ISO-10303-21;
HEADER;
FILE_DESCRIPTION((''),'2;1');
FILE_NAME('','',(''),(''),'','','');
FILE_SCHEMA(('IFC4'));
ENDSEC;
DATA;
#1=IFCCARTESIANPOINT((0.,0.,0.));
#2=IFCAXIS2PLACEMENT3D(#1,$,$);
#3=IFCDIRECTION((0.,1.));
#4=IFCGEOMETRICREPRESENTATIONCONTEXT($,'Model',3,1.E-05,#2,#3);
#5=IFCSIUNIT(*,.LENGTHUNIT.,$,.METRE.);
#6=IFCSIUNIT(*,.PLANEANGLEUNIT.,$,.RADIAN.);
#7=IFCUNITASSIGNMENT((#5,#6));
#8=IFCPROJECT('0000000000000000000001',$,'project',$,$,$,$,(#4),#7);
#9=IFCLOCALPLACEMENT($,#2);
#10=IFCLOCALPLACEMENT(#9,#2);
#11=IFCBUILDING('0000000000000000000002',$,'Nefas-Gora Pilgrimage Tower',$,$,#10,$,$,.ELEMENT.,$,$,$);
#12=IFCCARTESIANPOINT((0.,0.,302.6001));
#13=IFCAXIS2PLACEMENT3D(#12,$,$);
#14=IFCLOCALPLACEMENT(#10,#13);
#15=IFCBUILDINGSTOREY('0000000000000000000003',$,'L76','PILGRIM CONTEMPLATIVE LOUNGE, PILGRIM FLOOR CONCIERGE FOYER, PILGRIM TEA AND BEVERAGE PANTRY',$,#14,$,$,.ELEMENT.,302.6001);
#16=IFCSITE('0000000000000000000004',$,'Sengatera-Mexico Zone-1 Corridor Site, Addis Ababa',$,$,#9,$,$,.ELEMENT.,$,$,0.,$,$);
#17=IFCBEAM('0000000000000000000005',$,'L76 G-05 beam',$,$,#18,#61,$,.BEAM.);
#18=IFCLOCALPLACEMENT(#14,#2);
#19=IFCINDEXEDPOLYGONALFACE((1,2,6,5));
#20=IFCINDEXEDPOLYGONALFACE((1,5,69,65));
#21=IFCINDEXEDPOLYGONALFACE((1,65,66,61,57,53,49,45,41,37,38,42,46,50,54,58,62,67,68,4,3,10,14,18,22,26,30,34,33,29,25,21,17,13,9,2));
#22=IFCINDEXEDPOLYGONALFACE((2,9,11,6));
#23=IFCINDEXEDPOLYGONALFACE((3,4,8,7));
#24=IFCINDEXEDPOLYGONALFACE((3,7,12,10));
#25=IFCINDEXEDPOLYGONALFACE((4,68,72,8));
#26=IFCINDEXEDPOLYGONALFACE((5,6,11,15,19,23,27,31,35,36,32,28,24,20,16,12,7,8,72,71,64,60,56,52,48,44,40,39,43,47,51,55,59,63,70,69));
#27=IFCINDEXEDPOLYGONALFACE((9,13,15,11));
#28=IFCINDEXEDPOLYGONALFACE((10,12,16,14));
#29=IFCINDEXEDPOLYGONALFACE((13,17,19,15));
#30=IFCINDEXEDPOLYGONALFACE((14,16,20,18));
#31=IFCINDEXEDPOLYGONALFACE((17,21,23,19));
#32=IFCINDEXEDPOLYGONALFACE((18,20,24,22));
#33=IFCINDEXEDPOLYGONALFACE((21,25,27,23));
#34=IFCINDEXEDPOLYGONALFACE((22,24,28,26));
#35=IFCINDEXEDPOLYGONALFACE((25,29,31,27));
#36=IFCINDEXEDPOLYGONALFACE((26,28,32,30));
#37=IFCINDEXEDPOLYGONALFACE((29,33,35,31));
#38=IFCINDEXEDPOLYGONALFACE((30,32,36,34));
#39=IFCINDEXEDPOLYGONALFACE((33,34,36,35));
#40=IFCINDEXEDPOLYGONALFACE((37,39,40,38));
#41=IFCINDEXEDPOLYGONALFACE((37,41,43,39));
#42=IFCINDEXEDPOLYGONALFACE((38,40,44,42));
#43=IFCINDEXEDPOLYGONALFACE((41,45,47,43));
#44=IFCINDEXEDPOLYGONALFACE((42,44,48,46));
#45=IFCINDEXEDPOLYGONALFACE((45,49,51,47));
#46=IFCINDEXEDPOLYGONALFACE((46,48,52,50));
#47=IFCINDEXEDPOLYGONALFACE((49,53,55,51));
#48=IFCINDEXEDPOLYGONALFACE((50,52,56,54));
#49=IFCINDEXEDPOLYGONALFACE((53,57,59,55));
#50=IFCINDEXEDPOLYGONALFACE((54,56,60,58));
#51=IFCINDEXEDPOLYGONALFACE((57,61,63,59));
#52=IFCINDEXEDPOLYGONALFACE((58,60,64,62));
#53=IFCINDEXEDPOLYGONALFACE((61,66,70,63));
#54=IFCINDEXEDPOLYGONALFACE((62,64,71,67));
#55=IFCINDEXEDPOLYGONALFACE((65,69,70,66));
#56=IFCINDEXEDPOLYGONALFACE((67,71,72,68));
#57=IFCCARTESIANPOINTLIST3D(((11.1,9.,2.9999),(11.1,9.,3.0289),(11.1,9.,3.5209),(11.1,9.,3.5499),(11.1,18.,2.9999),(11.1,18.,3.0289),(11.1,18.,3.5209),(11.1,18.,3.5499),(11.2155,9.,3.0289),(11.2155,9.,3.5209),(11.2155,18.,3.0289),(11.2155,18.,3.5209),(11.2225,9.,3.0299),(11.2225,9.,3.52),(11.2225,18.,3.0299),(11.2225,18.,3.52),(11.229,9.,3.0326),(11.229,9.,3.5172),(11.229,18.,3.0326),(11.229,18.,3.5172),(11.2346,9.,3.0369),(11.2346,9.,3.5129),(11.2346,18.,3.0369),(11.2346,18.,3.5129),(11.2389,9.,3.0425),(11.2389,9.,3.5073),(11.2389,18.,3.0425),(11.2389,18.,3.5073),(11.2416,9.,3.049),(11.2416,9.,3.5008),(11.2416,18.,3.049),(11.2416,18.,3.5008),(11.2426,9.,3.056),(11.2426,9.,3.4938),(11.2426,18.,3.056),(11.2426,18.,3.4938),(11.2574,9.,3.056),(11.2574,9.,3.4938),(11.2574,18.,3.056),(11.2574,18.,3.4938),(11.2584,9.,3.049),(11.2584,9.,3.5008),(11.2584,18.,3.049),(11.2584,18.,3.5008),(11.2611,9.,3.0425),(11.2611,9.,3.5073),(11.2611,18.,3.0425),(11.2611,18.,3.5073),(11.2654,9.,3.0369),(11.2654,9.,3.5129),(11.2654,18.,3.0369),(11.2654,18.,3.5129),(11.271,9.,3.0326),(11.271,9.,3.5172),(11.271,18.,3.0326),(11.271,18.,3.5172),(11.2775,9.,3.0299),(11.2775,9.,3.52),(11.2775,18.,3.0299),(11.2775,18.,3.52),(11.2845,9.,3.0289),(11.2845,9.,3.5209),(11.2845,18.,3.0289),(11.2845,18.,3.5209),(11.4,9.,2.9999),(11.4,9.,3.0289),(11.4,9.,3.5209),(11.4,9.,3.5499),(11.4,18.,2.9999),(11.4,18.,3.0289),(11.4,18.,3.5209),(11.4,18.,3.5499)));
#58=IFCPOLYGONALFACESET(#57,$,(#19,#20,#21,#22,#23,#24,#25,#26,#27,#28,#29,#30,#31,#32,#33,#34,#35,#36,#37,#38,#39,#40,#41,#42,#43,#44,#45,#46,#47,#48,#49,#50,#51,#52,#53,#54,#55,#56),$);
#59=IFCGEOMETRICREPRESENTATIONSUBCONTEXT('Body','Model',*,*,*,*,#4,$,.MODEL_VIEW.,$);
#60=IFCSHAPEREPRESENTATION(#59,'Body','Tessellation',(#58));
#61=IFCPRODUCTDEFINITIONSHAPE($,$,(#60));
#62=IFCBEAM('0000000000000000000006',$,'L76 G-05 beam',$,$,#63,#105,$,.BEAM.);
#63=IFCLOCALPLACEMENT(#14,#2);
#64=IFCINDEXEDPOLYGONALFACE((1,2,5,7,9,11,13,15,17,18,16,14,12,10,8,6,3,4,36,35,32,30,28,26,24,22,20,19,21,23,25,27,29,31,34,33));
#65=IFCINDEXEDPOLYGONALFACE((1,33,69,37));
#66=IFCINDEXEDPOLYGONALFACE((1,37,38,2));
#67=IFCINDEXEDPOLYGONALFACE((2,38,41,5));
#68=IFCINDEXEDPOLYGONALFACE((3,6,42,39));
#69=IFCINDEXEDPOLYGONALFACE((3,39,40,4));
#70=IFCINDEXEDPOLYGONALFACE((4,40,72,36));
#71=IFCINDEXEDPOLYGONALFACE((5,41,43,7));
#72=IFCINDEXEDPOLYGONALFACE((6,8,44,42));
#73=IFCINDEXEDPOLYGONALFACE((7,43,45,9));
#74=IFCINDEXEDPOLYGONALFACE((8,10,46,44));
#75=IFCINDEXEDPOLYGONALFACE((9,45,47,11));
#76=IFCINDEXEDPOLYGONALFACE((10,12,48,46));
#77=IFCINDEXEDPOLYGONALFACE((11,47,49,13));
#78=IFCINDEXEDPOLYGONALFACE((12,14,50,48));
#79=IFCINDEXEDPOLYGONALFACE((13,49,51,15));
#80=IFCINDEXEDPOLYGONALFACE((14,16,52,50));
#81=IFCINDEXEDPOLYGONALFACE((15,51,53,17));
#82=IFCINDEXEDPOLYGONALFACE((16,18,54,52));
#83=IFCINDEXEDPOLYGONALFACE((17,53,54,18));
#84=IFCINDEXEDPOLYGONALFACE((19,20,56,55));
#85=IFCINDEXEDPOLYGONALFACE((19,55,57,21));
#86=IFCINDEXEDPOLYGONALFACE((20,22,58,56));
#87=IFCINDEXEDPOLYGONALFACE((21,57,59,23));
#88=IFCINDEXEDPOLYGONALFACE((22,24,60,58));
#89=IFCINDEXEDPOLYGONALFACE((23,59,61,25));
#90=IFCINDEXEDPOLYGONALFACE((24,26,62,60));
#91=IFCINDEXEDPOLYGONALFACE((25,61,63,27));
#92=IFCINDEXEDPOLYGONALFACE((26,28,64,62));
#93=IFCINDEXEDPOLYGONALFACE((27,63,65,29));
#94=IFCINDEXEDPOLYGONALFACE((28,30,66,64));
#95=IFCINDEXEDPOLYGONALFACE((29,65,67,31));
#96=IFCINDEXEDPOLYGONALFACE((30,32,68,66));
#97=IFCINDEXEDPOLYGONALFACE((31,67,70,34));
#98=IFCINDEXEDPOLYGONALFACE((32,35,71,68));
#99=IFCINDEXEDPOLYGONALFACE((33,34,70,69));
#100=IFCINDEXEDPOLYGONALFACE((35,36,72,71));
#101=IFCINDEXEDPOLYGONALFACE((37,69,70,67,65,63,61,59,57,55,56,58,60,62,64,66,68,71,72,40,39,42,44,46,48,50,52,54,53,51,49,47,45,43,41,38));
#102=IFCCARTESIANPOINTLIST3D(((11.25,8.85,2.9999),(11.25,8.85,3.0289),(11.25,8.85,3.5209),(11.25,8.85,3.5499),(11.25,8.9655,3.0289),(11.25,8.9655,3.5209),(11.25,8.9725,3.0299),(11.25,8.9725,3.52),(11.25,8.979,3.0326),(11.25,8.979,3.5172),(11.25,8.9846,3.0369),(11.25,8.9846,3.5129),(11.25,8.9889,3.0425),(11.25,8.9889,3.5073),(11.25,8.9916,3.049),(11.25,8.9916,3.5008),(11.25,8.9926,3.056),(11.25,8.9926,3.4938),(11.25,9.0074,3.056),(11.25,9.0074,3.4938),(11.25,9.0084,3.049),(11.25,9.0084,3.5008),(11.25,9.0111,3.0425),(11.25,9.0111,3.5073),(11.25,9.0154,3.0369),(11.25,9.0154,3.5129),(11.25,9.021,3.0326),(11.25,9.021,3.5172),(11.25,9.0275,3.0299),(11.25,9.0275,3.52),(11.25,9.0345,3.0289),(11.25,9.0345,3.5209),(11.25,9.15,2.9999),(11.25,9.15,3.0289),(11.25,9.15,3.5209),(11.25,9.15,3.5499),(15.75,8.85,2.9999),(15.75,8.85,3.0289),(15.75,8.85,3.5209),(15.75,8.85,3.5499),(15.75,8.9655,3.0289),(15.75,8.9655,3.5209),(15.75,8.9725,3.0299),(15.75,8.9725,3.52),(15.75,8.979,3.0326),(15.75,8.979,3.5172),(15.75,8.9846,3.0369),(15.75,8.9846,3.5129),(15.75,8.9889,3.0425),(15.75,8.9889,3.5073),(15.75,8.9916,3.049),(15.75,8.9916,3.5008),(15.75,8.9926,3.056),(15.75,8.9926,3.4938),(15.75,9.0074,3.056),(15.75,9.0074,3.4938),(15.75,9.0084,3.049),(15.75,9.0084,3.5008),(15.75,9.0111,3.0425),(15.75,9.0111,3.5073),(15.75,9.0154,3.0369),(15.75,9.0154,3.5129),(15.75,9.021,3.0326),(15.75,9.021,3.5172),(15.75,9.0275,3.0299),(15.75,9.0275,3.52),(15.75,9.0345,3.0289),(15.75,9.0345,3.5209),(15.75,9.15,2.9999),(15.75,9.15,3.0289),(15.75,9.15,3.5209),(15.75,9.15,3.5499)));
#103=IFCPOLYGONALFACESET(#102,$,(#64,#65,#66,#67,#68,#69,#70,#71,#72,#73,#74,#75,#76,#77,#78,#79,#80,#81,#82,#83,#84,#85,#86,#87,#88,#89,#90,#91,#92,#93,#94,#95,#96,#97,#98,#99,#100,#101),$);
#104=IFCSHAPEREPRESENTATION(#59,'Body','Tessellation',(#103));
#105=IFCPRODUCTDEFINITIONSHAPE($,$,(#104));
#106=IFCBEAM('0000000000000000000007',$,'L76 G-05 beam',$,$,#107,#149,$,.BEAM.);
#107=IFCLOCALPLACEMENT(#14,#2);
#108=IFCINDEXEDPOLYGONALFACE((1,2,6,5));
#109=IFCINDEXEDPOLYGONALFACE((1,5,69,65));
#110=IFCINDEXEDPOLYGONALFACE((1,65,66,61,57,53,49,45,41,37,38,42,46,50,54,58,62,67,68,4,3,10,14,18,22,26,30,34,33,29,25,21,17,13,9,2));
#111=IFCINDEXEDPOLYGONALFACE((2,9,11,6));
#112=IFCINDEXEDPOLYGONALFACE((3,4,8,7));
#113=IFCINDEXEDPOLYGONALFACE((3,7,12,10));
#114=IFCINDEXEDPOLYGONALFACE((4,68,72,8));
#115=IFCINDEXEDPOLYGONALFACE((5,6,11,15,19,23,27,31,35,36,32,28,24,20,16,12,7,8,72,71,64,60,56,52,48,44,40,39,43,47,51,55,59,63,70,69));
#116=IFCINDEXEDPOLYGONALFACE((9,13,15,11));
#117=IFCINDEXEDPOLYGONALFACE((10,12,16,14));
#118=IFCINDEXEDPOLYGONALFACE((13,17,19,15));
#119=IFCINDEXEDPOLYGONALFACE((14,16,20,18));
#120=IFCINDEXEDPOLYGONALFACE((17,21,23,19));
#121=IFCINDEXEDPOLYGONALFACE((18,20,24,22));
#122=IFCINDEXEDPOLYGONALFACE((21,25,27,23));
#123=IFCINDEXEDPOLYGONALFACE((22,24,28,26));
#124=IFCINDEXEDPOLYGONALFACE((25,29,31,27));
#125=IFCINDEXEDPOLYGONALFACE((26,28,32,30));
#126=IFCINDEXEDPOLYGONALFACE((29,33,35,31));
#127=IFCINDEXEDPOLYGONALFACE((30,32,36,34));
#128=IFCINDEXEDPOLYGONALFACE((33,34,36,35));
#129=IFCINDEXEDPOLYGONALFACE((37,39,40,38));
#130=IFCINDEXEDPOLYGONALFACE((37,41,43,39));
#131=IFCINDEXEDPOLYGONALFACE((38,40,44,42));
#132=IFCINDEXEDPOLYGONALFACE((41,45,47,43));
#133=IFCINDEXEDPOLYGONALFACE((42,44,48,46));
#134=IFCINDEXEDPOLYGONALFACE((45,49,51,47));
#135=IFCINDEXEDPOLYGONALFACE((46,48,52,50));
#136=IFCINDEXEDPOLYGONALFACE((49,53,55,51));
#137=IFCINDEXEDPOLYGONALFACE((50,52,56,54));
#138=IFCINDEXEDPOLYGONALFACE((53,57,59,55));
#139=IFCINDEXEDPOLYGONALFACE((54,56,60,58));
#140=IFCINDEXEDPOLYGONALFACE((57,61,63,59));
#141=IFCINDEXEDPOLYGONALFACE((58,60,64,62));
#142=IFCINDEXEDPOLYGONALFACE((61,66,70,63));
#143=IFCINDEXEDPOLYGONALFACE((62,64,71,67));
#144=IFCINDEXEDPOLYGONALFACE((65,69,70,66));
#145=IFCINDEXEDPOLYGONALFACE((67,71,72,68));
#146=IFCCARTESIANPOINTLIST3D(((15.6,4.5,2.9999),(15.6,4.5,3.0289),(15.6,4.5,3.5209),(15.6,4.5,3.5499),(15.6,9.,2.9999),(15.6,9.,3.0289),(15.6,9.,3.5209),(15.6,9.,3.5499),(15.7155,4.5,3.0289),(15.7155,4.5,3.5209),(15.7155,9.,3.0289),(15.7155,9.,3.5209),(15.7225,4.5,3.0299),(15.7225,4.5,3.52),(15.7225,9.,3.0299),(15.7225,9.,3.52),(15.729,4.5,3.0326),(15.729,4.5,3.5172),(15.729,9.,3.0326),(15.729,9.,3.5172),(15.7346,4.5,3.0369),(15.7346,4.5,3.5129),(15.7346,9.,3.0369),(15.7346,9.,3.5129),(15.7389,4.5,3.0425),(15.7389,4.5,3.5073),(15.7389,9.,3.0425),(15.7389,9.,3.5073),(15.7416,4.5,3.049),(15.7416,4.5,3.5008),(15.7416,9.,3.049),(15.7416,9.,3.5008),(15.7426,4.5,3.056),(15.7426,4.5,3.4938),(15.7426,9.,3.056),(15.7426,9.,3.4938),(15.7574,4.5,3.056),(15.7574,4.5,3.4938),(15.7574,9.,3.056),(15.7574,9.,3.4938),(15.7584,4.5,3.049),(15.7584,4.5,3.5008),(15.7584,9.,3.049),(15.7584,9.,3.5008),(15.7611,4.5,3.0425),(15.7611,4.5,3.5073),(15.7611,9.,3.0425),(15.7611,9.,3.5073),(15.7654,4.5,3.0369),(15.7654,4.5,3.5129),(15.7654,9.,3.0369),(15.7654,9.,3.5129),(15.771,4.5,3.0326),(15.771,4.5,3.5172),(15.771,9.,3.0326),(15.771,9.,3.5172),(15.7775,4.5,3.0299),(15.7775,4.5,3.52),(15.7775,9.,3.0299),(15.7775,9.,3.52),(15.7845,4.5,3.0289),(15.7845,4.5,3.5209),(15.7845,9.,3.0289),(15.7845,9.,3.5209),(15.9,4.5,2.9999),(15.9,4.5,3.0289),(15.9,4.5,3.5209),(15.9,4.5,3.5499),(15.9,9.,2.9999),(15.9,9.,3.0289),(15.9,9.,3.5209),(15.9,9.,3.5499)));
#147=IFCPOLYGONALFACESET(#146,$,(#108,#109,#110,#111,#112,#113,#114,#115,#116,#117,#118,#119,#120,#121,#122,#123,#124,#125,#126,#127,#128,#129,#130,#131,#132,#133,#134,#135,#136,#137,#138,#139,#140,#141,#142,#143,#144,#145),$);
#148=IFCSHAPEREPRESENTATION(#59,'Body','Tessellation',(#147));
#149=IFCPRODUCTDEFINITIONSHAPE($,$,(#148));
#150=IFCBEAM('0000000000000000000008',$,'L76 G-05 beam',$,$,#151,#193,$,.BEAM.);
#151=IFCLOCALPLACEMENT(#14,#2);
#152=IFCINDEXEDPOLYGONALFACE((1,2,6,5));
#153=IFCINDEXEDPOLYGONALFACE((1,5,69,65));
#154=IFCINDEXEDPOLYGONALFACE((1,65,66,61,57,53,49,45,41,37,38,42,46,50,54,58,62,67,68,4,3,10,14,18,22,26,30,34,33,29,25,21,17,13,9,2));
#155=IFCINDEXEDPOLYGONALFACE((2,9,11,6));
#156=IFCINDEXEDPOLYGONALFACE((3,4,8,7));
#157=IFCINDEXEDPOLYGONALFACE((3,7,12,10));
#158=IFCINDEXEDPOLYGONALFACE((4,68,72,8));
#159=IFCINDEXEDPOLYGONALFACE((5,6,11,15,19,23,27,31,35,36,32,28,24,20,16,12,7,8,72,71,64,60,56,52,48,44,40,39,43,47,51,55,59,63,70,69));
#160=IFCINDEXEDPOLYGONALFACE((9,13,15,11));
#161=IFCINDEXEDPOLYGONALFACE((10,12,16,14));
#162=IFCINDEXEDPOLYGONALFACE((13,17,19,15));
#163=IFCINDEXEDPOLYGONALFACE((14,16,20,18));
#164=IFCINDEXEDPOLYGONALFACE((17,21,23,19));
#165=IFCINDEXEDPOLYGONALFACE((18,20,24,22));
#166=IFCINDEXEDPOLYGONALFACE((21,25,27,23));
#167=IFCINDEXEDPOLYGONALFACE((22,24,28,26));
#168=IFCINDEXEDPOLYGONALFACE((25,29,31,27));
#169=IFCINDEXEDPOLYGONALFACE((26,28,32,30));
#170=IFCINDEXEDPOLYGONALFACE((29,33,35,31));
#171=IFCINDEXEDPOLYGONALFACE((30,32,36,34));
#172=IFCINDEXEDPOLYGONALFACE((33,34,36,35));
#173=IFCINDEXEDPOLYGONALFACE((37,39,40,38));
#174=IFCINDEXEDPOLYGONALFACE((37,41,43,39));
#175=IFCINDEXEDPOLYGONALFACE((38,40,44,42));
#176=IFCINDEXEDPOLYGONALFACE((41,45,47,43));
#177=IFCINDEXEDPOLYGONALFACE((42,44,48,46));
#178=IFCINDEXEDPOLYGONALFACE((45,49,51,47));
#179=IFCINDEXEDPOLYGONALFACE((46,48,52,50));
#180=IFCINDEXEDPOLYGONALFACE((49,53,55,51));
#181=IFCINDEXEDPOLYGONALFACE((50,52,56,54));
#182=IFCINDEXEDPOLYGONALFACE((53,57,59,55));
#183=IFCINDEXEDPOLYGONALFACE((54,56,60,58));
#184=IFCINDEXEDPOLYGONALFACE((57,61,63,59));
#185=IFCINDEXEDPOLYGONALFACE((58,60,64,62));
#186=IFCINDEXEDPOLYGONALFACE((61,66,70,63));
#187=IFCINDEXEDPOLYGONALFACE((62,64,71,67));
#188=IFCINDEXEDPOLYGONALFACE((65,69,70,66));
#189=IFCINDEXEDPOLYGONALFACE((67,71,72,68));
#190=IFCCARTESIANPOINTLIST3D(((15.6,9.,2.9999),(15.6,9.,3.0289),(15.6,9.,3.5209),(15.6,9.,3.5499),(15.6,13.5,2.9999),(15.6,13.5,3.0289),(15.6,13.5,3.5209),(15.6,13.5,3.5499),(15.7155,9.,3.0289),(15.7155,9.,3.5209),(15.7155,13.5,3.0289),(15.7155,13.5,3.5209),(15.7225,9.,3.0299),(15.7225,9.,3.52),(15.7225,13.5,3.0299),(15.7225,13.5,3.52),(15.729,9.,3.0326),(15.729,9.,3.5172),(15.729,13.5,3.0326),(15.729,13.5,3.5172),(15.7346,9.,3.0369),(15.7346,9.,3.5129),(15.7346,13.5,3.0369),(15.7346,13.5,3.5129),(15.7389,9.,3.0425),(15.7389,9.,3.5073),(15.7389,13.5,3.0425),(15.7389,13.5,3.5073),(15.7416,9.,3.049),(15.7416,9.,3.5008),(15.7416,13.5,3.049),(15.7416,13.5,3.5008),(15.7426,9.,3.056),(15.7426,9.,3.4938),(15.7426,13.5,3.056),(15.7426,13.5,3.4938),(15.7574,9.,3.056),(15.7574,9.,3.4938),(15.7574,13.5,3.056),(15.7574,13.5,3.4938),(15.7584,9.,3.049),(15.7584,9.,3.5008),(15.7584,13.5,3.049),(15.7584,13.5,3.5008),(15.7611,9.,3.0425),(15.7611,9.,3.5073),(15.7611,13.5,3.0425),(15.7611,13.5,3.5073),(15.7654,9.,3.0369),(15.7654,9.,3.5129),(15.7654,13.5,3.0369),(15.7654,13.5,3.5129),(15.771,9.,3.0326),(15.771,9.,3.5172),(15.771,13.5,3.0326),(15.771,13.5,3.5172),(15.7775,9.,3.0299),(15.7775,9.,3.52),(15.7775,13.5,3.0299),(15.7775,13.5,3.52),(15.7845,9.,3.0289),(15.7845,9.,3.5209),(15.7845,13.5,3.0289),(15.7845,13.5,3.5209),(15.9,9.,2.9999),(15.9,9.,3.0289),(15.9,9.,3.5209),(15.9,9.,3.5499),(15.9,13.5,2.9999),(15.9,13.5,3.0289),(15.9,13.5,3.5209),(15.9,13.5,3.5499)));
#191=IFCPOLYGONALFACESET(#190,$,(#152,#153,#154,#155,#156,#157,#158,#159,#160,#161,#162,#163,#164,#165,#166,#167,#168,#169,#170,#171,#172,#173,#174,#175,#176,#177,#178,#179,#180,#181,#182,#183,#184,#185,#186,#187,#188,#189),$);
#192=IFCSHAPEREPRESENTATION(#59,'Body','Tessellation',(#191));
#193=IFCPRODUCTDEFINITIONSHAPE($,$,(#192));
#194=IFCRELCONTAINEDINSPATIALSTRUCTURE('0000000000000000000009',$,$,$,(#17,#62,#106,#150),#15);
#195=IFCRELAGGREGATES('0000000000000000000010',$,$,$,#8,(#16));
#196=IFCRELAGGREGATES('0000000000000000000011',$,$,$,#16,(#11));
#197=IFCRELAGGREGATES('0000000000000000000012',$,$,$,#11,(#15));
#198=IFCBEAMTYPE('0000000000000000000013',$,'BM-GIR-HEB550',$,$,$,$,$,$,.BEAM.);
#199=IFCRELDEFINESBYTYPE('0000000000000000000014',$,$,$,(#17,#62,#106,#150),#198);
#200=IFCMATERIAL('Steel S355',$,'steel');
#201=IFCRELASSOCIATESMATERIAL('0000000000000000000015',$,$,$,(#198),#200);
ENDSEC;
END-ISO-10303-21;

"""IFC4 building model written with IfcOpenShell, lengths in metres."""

from ifc_helpers import new_model, si_unit, direction, frame, origin, origin_2d, place, context, subcontext, project, spatial, i_section, extrude, source, transform, mapped, material, material_profile, profile_set, type_object, element, save


model = new_model("IFC4")

# Units and contexts
model_context = context("Model", 3, precision=1e-05, world=origin(), true_north=direction((0.0, 1.0)))
body_context = subcontext(model_context, "Body", "Model", "MODEL_VIEW")
ifc_project = project(units=[si_unit("LENGTHUNIT", "METRE"), si_unit("PLANEANGLEUNIT", "RADIAN")], contexts=[model_context])

# Site, building, storey
site_placement = place(None, origin())
site = spatial("IfcSite", under=ifc_project, at=site_placement, Name="Sengatera-Mexico Zone-1 Corridor Site, Addis Ababa", CompositionType="ELEMENT", RefElevation=0.0)
building_placement = place(site_placement, origin())
building = spatial("IfcBuilding", under=site, at=building_placement, Name="Nefas-Gora Pilgrimage Tower", CompositionType="ELEMENT")
storey_placement = place(building_placement, frame((0.0, 0.0, 302.6001)))
storey = spatial("IfcBuildingStorey", under=building, at=storey_placement, Name="L76", Description="PILGRIM CONTEMPLATIVE LOUNGE, PILGRIM FLOOR CONCIERGE FOYER, PILGRIM TEA AND BEVERAGE PANTRY", CompositionType="ELEMENT", Elevation=302.6001)

# Shared definitions
ifc_material_1 = material(Name="Steel S355", Category="steel")

# Beams
ifc_material_profile_1 = material_profile(ifc_material_1, i_section(OverallWidth=0.3, OverallDepth=0.55, WebThickness=0.0149, FlangeThickness=0.0291, FilletRadius=0.0271, at=origin_2d()), Name="HEB 550")
ifc_profile_set_1 = profile_set([ifc_material_profile_1], Name="Steel S355")
beam_type_1 = type_object("IfcBeamType", Name="BM-GIR-HEB550", PredefinedType="BEAM", material=ifc_profile_set_1)
shared_shape_1 = source(origin(), body_context, "Body", "SweptSolid", [
    extrude(i_section(OverallWidth=0.3, OverallDepth=0.55, WebThickness=0.0149, FlangeThickness=0.0291, FilletRadius=0.0271, at=origin_2d()), origin(), (0.0, 0.0, 1.0), 9.0),
])
beam_placement = place(storey_placement, frame((11.25, 9.0, 3.2749), z_axis=(0.0, 1.0, 0.0), x_axis=(-1.0, 0.0, 0.0)))
element("IfcBeam", 1, at=beam_placement, inside=storey, type_object=beam_type_1, Name="L76 G-05 beam", PredefinedType="BEAM", context=body_context, shape_type="MappedRepresentation", body=[
    mapped(shared_shape_1, transform((0.0, 0.0, 0.0), x_axis=(1.0, 0.0, 0.0), y_axis=(0.0, 1.0, 0.0), z_axis=(0.0, 0.0, 1.0), scale=1.0)),
])
shared_shape_2 = source(origin(), body_context, "Body", "SweptSolid", [
    extrude(i_section(OverallWidth=0.3, OverallDepth=0.55, WebThickness=0.0149, FlangeThickness=0.0291, FilletRadius=0.0271, at=origin_2d()), origin(), (0.0, 0.0, 1.0), 4.5),
])
for number, where, z_axis, x_axis, name in (
    (2, (11.25, 9.0, 3.2749), (1.0, 0.0, 0.0), (0.0, 1.0, 0.0), "L76 G-05 beam"),
    (3, (15.75, 4.5, 3.2749), (0.0, 1.0, 0.0), (-1.0, 0.0, 0.0), "L76 G-05 beam"),
    (4, (15.75, 9.0, 3.2749), (0.0, 1.0, 0.0), (-1.0, 0.0, 0.0), "L76 G-05 beam"),
):
    element("IfcBeam", number, at=place(storey_placement, frame(where, z_axis=z_axis, x_axis=x_axis)), inside=storey, type_object=beam_type_1, Name=name, PredefinedType="BEAM", context=body_context, shape_type="MappedRepresentation", body=[
        mapped(shared_shape_2, transform((0.0, 0.0, 0.0), x_axis=(1.0, 0.0, 0.0), y_axis=(0.0, 1.0, 0.0), z_axis=(0.0, 0.0, 1.0), scale=1.0)),
    ])

save(model, "model.ifc")
